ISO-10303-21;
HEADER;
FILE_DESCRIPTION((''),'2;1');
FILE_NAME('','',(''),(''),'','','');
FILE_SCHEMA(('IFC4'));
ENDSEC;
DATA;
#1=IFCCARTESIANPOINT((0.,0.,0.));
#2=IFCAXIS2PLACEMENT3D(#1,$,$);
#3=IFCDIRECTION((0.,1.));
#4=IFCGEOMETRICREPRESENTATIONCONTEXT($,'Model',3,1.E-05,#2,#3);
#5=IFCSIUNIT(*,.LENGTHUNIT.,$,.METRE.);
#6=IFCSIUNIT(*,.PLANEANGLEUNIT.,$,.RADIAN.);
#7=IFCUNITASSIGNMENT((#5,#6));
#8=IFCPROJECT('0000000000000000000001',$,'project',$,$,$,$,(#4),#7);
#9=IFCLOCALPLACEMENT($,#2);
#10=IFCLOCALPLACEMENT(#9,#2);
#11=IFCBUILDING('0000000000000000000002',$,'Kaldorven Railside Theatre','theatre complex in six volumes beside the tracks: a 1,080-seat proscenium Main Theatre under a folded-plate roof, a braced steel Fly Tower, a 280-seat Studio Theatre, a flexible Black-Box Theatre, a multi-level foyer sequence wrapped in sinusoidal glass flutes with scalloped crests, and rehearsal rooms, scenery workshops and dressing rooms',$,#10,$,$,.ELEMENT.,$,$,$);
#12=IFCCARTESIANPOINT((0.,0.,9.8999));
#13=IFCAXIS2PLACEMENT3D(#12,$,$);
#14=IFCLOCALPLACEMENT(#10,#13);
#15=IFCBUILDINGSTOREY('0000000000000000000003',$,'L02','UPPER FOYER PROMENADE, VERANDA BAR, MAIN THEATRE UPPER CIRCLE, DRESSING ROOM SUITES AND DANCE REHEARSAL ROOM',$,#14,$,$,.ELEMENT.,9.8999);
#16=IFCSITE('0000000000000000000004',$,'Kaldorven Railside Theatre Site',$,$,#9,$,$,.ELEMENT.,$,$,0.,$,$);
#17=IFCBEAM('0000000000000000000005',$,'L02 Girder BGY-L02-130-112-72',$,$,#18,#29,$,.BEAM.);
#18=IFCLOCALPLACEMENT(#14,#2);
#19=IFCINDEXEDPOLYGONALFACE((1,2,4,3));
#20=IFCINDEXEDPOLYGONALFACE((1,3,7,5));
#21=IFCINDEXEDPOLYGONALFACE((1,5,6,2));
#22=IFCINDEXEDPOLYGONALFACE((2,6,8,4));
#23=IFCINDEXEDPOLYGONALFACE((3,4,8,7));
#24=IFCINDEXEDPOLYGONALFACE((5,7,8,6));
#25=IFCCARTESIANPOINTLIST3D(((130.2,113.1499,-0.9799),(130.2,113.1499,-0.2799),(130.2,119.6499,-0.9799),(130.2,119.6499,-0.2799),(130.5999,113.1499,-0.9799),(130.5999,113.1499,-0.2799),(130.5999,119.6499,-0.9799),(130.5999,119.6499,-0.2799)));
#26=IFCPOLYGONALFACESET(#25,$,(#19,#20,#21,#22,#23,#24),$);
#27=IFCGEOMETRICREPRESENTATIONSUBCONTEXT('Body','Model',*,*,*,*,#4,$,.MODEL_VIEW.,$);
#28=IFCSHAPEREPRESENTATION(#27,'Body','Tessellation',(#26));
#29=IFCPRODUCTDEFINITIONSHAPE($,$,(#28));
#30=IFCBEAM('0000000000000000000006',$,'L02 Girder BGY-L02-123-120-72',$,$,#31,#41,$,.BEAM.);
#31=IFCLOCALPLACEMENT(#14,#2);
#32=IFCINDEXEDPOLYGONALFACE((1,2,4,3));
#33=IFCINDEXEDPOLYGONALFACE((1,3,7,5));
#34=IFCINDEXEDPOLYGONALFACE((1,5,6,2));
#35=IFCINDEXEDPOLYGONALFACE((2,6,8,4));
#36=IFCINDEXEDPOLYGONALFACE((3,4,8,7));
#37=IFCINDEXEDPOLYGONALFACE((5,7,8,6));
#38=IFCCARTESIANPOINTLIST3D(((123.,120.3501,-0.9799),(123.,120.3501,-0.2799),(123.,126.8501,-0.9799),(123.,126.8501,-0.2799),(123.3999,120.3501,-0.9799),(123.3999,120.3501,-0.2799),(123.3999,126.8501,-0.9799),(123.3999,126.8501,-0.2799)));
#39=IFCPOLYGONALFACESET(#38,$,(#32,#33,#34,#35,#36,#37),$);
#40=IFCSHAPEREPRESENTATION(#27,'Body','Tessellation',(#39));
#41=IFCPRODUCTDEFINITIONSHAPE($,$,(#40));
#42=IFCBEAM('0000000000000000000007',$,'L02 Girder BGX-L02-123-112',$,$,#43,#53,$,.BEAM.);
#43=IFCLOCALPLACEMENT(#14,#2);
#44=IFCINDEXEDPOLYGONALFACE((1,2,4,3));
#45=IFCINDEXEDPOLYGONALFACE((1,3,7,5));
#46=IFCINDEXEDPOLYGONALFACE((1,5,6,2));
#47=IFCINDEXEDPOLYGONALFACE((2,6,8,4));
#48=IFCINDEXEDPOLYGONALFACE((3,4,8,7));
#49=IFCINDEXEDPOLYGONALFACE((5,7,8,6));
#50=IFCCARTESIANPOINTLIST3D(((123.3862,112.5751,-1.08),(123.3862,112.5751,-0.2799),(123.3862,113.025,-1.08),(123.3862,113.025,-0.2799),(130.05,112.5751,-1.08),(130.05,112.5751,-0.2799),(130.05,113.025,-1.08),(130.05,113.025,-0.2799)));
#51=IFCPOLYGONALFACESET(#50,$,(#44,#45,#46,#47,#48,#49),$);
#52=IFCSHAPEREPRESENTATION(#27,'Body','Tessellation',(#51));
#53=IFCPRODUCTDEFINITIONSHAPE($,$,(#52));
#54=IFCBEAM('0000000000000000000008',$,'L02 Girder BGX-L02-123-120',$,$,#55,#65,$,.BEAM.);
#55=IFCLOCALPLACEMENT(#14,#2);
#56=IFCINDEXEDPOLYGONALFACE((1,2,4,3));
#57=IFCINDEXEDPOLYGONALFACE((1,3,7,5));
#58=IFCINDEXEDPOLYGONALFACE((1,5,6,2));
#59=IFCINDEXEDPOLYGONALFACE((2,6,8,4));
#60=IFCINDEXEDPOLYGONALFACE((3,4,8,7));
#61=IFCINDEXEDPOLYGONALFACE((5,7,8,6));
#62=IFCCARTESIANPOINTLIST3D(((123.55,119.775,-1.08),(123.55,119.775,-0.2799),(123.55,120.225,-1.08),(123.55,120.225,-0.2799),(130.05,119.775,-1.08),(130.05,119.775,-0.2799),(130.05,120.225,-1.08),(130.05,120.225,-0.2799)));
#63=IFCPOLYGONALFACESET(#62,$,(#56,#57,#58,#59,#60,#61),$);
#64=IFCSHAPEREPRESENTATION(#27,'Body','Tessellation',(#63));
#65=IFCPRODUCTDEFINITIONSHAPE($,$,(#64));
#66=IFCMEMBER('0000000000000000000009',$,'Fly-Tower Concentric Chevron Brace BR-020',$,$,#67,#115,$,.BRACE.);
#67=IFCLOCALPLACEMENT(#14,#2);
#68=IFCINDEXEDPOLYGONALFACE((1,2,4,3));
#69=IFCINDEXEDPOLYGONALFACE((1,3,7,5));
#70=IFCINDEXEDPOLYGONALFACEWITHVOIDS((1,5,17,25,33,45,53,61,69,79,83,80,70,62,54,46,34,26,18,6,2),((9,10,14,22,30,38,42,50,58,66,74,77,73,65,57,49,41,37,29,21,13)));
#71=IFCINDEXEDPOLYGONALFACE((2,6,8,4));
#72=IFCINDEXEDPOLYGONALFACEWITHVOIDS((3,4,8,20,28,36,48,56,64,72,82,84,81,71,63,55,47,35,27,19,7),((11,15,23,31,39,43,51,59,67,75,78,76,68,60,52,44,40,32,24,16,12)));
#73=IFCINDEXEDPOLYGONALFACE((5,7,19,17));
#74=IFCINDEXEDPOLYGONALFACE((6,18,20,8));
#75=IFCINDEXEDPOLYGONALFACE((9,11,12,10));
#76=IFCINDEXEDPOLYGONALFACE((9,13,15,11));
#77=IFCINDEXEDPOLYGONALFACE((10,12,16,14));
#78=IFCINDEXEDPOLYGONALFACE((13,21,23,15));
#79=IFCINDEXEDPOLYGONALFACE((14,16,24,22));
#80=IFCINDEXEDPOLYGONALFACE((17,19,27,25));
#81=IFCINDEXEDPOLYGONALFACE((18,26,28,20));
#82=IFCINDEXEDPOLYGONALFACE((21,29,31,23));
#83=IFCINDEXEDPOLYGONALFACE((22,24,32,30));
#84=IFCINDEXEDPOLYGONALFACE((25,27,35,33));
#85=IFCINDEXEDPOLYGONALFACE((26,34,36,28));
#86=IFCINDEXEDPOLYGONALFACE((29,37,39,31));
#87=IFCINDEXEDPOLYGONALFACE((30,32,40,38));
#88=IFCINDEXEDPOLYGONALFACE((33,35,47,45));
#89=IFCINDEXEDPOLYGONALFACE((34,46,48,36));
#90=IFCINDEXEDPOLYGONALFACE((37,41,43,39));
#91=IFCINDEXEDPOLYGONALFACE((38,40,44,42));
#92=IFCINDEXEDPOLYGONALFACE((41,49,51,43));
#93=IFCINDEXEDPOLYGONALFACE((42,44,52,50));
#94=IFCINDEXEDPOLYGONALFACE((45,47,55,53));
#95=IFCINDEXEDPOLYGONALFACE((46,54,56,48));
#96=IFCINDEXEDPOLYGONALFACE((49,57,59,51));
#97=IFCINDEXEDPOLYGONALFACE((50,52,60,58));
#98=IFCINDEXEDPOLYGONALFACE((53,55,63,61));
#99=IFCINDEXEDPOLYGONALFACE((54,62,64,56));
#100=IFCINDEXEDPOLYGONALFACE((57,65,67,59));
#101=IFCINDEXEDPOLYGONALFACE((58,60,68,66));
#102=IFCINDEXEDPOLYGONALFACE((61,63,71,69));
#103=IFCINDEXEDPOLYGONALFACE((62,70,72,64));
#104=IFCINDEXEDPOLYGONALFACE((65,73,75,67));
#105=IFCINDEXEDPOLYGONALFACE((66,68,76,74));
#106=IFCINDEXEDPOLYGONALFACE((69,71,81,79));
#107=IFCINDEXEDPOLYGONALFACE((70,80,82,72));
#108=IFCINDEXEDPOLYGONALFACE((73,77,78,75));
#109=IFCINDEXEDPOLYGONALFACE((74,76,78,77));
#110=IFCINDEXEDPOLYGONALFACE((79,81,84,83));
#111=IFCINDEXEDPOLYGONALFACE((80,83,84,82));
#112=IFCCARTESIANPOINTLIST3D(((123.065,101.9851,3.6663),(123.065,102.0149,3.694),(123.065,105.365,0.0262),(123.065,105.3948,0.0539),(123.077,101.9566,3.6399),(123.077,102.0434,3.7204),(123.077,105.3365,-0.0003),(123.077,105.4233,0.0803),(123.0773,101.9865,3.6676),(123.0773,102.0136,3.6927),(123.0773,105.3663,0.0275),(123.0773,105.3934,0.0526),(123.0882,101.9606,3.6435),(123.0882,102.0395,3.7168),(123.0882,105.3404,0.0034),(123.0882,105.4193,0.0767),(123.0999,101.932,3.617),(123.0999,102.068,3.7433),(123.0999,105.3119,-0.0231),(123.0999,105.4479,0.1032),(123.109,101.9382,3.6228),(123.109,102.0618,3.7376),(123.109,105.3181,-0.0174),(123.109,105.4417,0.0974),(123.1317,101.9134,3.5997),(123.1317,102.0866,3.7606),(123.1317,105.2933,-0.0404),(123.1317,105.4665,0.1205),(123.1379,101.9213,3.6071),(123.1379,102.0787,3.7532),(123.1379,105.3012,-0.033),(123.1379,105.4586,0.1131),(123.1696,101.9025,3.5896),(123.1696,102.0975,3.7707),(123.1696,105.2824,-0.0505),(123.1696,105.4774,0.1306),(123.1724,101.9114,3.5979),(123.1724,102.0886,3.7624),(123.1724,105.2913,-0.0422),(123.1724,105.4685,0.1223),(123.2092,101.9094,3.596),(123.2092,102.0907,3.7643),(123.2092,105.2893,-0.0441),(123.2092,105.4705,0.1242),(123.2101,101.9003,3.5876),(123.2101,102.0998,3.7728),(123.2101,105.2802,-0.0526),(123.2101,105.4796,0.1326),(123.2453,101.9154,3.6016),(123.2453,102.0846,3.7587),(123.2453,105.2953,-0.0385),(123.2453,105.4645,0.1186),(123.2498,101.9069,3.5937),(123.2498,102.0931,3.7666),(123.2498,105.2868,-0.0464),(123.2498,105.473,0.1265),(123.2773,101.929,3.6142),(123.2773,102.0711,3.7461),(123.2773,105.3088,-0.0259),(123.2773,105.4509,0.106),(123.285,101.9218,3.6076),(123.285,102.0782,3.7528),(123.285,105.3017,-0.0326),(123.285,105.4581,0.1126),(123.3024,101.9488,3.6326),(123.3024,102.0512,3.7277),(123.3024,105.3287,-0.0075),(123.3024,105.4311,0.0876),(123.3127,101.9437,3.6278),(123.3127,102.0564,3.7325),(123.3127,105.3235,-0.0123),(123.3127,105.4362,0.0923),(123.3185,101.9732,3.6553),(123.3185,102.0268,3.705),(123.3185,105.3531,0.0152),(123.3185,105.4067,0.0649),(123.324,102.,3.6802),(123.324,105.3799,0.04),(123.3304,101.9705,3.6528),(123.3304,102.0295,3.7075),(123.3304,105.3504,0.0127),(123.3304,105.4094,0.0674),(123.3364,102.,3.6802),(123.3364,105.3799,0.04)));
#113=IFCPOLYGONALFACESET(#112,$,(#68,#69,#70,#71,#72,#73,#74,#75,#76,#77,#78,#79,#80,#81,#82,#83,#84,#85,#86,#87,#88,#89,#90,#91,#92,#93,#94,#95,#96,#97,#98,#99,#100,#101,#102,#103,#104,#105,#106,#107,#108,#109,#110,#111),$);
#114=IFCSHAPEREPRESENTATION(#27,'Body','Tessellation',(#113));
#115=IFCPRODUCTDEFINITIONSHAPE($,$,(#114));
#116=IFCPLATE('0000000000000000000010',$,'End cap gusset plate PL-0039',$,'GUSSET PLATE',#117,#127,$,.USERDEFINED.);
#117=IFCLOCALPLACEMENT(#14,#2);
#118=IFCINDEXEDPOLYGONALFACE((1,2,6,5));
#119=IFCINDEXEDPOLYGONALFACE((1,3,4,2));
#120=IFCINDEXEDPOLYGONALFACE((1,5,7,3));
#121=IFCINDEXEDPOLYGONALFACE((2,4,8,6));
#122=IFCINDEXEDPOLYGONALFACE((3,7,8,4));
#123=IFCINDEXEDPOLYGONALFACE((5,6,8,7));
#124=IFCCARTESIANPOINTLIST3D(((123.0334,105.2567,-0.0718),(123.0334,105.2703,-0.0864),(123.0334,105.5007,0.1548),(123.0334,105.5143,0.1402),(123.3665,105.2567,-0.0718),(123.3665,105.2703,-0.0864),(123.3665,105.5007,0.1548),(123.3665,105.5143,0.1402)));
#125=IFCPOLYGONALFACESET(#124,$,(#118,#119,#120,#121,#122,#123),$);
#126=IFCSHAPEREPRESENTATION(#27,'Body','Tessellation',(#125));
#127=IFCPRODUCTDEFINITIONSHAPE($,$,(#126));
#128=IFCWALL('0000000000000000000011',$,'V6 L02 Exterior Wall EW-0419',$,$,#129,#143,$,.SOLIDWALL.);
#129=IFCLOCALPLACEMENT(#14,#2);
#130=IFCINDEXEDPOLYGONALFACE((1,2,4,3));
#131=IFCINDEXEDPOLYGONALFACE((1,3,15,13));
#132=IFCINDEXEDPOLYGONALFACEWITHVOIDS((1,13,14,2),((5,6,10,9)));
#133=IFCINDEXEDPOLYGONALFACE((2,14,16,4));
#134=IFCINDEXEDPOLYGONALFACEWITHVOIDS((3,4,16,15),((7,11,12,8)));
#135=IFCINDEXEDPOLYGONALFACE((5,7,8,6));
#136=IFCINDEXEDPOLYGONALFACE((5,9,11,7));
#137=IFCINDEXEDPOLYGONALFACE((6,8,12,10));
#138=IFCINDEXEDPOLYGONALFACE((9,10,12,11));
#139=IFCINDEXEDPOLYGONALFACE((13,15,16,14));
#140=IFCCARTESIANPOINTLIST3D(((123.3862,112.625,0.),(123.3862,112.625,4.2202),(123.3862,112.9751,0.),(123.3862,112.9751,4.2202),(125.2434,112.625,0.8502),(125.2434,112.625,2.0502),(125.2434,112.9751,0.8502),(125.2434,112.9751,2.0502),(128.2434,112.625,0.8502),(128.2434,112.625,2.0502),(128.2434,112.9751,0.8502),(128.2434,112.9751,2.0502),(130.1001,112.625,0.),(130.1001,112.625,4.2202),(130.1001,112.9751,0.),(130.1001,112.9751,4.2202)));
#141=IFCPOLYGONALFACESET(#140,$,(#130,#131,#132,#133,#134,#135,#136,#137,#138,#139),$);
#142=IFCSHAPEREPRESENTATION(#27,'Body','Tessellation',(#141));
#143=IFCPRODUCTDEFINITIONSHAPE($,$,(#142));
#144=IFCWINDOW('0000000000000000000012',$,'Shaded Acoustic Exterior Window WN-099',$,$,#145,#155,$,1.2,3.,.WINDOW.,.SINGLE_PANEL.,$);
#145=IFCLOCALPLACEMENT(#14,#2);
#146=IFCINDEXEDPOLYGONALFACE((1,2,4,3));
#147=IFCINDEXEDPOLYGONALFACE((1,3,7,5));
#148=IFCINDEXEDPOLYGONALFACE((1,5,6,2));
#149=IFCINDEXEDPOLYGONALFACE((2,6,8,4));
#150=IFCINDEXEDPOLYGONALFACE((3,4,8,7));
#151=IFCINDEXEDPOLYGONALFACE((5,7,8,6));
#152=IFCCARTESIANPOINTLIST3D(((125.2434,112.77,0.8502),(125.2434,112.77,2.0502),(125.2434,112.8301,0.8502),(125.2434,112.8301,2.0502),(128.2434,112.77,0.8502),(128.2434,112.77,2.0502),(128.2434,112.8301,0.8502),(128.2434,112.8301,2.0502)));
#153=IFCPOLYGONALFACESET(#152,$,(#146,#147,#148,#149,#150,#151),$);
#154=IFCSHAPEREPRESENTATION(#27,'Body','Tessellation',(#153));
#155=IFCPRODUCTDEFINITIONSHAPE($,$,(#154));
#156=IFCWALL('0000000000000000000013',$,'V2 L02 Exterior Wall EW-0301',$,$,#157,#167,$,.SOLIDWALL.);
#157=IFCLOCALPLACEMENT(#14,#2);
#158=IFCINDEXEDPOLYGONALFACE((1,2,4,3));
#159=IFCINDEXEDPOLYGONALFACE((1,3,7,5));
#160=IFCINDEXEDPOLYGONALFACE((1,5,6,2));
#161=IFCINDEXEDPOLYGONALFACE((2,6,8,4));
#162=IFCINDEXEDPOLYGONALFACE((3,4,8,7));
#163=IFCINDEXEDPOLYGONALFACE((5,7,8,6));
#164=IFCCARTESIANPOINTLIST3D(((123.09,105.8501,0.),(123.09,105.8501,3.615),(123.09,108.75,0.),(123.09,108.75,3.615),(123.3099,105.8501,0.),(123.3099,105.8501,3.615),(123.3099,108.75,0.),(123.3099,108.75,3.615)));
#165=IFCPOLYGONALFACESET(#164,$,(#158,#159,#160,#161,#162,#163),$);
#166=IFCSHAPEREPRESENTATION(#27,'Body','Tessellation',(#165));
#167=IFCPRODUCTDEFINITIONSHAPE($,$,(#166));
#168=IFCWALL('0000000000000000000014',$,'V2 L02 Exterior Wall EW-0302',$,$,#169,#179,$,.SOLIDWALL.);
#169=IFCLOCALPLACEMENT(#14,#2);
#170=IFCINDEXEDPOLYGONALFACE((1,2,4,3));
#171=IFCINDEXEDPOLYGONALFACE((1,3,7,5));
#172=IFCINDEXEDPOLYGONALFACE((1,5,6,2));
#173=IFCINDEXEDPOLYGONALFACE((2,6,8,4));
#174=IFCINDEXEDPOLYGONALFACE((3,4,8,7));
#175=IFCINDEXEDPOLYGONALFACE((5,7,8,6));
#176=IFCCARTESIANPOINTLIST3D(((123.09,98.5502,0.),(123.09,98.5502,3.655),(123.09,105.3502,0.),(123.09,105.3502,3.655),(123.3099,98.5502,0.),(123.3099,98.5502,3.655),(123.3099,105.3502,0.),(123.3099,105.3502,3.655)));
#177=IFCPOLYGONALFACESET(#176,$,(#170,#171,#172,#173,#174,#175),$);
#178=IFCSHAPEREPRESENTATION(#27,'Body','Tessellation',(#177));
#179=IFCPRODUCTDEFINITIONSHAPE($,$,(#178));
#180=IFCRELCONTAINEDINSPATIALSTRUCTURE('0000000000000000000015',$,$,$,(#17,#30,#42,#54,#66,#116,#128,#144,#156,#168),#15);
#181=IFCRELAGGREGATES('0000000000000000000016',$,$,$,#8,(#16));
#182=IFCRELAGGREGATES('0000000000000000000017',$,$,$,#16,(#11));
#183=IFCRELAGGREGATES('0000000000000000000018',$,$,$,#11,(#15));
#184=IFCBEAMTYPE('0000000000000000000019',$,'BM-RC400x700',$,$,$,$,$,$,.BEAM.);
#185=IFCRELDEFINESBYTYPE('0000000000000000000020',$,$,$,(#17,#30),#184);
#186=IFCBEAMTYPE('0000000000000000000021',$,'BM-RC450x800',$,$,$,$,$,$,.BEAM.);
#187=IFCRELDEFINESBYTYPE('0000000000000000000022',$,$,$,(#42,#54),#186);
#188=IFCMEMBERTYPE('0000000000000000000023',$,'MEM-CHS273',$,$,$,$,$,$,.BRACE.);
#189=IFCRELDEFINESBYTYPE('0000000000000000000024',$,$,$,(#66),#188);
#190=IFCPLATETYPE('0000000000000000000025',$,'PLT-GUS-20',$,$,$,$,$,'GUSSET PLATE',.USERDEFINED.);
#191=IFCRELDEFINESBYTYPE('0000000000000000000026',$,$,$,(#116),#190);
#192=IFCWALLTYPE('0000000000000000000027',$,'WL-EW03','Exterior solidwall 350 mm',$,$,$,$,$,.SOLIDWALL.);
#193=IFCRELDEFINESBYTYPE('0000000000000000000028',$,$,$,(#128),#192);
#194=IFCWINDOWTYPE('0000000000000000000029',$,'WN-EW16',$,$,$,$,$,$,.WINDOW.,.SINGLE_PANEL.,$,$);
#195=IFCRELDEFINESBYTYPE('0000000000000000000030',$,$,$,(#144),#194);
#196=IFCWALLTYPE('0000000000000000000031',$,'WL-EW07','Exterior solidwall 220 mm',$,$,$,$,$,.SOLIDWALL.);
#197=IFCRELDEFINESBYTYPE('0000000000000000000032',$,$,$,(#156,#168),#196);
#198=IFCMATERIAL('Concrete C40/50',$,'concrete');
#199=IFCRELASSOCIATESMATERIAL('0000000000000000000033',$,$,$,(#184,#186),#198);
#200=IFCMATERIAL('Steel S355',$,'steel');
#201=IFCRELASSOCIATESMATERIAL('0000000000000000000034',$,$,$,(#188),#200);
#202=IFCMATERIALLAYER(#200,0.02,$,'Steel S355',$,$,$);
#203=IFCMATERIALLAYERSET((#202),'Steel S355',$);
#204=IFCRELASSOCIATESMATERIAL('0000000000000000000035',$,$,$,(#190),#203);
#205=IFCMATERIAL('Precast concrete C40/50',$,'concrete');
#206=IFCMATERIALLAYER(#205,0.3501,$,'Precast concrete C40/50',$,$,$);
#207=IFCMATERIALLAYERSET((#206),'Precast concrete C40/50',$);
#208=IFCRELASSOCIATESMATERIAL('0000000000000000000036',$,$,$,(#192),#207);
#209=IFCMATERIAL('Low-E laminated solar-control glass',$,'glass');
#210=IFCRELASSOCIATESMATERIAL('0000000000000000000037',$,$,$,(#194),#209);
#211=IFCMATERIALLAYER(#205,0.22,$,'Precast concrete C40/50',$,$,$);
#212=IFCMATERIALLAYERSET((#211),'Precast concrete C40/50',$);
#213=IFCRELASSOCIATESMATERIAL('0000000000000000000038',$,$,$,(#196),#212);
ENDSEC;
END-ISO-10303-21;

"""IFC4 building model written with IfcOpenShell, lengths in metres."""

from ifc_helpers import new_model, si_unit, direction, frame, frame_2d, origin, origin_2d, place, context, subcontext, project, spatial, rectangle, hollow_circle, extrude, material, layer, layer_set, material_profile, profile_set, type_object, element, fill, save


model = new_model("IFC4")

# Units and contexts
model_context = context("Model", 3, precision=1e-05, world=origin(), true_north=direction((0.0, 1.0)))
body_context = subcontext(model_context, "Body", "Model", "MODEL_VIEW")
ifc_project = project(units=[si_unit("LENGTHUNIT", "METRE"), si_unit("PLANEANGLEUNIT", "RADIAN")], contexts=[model_context])

# Site, building, storey
site_placement = place(None, origin())
site = spatial("IfcSite", under=ifc_project, at=site_placement, Name="Kaldorven Railside Theatre Site", CompositionType="ELEMENT", RefElevation=0.0)
building_placement = place(site_placement, origin())
building = spatial("IfcBuilding", under=site, at=building_placement, Name="Kaldorven Railside Theatre", Description="theatre complex in six volumes beside the tracks: a 1,080-seat proscenium Main Theatre under a folded-plate roof, a braced steel Fly Tower, a 280-seat Studio Theatre, a flexible Black-Box Theatre, a multi-level foyer sequence wrapped in sinusoidal glass flutes with scalloped crests, and rehearsal rooms, scenery workshops and dressing rooms", CompositionType="ELEMENT")
storey_placement = place(building_placement, frame((0.0, 0.0, 9.8999)))
storey = spatial("IfcBuildingStorey", under=building, at=storey_placement, Name="L02", Description="UPPER FOYER PROMENADE, VERANDA BAR, MAIN THEATRE UPPER CIRCLE, DRESSING ROOM SUITES AND DANCE REHEARSAL ROOM", CompositionType="ELEMENT", Elevation=9.8999)

# Shared definitions
ifc_material_1 = material(Name="Steel S355", Category="steel")
ifc_material_2 = material(Name="Concrete C40/50", Category="concrete")

# Beams
ifc_material_profile_1 = material_profile(ifc_material_2, rectangle(XDim=0.3999, YDim=0.7, at=origin_2d()), Name="RC 400x700")
ifc_profile_set_1 = profile_set([ifc_material_profile_1], Name="Concrete C40/50")
beam_type_1 = type_object("IfcBeamType", Name="BM-RC400x700", PredefinedType="BEAM", material=ifc_profile_set_1)
for number, where, z_axis, x_axis, name in (
    (1, (130.3999, 113.1499, -0.6299), (0.0, 1.0, 0.0), (-1.0, 0.0, 0.0), "L02 Girder BGY-L02-130-112-72"),
    (2, (123.2, 120.3501, -0.6299), (0.0, 1.0, 0.0), (-1.0, 0.0, 0.0), "L02 Girder BGY-L02-123-120-72"),
):
    element("IfcBeam", number, at=place(storey_placement, frame(where, z_axis=z_axis, x_axis=x_axis)), inside=storey, type_object=beam_type_1, Name=name, PredefinedType="BEAM", context=body_context, shape_type="SweptSolid", body=[
        extrude(rectangle(XDim=0.3999, YDim=0.7, at=origin_2d()), origin(), (0.0, 0.0, 1.0), 6.5),
    ])
ifc_material_profile_2 = material_profile(ifc_material_2, rectangle(XDim=0.45, YDim=0.8, at=origin_2d()), Name="RC 450x800")
ifc_profile_set_2 = profile_set([ifc_material_profile_2], Name="Concrete C40/50")
beam_type_2 = type_object("IfcBeamType", Name="BM-RC450x800", PredefinedType="BEAM", material=ifc_profile_set_2)
beam_1_placement = place(storey_placement, frame((123.3862, 112.8, -0.6799), z_axis=(1.0, 0.0, 0.0), x_axis=(0.0, 1.0, 0.0)))
element("IfcBeam", 3, at=beam_1_placement, inside=storey, type_object=beam_type_2, Name="L02 Girder BGX-L02-123-112", PredefinedType="BEAM", context=body_context, shape_type="SweptSolid", body=[
    extrude(rectangle(XDim=0.45, YDim=0.8, at=origin_2d()), origin(), (0.0, 0.0, 1.0), 6.6638),
])
beam_2_placement = place(storey_placement, frame((123.55, 120.0, -0.6799), z_axis=(1.0, 0.0, 0.0), x_axis=(0.0, 1.0, 0.0)))
element("IfcBeam", 4, at=beam_2_placement, inside=storey, type_object=beam_type_2, Name="L02 Girder BGX-L02-123-120", PredefinedType="BEAM", context=body_context, shape_type="SweptSolid", body=[
    extrude(rectangle(XDim=0.45, YDim=0.8, at=origin_2d()), origin(), (0.0, 0.0, 1.0), 6.5),
])

# Member
ifc_material_profile_3 = material_profile(ifc_material_1, hollow_circle(Radius=0.1365, WallThickness=0.0125, at=origin_2d()), Name="CHS 273x12.5")
ifc_profile_set_3 = profile_set([ifc_material_profile_3], Name="Steel S355")
member_type = type_object("IfcMemberType", Name="MEM-CHS273", PredefinedType="BRACE", material=ifc_profile_set_3)
member_placement = place(storey_placement, frame((123.2, 105.3799, 0.04), z_axis=(0.0, -0.680425, 0.732818), x_axis=(1.0, 0.0, 0.0)))
element("IfcMember", 5, at=member_placement, inside=storey, type_object=member_type, Name="Fly-Tower Concentric Chevron Brace BR-020", PredefinedType="BRACE", context=body_context, shape_type="SweptSolid", body=[
    extrude(hollow_circle(Radius=0.1365, WallThickness=0.0125, at=origin_2d()), origin(), (0.0, 0.0, 1.0), 4.9673),
])

# Plate
ifc_layer_1 = layer(ifc_material_1, 0.02, Name="Steel S355")
ifc_layer_set_1 = layer_set([ifc_layer_1], Name="Steel S355")
plate_type = type_object("IfcPlateType", Name="PLT-GUS-20", ElementType="GUSSET PLATE", PredefinedType="USERDEFINED", material=ifc_layer_set_1)
plate_placement = place(storey_placement, frame((123.2, 105.3923, 0.0269), z_axis=(0.0, -0.680465, 0.73278), x_axis=(1.0, 0.0, 0.0)))
element("IfcPlate", 6, at=plate_placement, inside=storey, type_object=plate_type, Name="End cap gusset plate PL-0039", ObjectType="GUSSET PLATE", PredefinedType="USERDEFINED", context=body_context, shape_type="SweptSolid", body=[
    extrude(rectangle(XDim=0.333, YDim=0.333, at=origin_2d()), origin(), (0.0, 0.0, 1.0), 0.02),
])

# Wall, opening, window
ifc_material_3 = material(Name="Precast concrete C40/50", Category="concrete")
ifc_layer_2 = layer(ifc_material_3, 0.3501, Name="Precast concrete C40/50")
ifc_layer_set_2 = layer_set([ifc_layer_2], Name="Precast concrete C40/50")
wall_type_1 = type_object("IfcWallType", Name="WL-EW03", Description="Exterior solidwall 350 mm", PredefinedType="SOLIDWALL", material=ifc_layer_set_2)
wall_1_placement = place(storey_placement, frame((130.1001, 112.8, 0.0), z_axis=(0.0, 0.0, 1.0), x_axis=(-1.0, 0.0, 0.0)))
wall_1 = element("IfcWall", 7, at=wall_1_placement, inside=storey, type_object=wall_type_1, Name="V6 L02 Exterior Wall EW-0419", PredefinedType="SOLIDWALL", context=body_context, shape_type="SweptSolid", body=[
    extrude(rectangle(XDim=6.7139, YDim=0.3501, at=frame_2d((3.3569, 0.0))), origin(), (0.0, 0.0, 1.0), 4.2202),
])
opening_1_placement = place(wall_1_placement, frame((1.8567, 0.0, 0.8501)))
opening_1 = element("IfcOpeningElement", 8, at=opening_1_placement, cuts=wall_1, PredefinedType="OPENING", context=body_context, shape_type="SweptSolid", body=[
    extrude(rectangle(XDim=3.0, YDim=1.2, at=frame_2d((1.5, 0.6001))), frame((0.0, 0.1851, 0.0), z_axis=(0.0, -1.0, 0.0), x_axis=(1.0, 0.0, 0.0)), (0.0, 0.0, 1.0), 0.3701),
])
ifc_material_4 = material(Name="Low-E laminated solar-control glass", Category="glass")
window_type = type_object("IfcWindowType", Name="WN-EW16", PartitioningType="SINGLE_PANEL", PredefinedType="WINDOW", material=ifc_material_4)
window_placement = place(opening_1_placement, origin())
window = element("IfcWindow", 9, at=window_placement, inside=storey, type_object=window_type, Name="Shaded Acoustic Exterior Window WN-099", OverallHeight=1.2, OverallWidth=3.0, PartitioningType="SINGLE_PANEL", PredefinedType="WINDOW", context=body_context, shape_type="SweptSolid", body=[
    extrude(rectangle(XDim=3.0, YDim=1.2, at=frame_2d((1.5, 0.6001))), frame((0.0, 0.03, 0.0), z_axis=(0.0, -1.0, 0.0), x_axis=(1.0, 0.0, 0.0)), (0.0, 0.0, 1.0), 0.0601),
])
fill(opening_1, window)

# Walls
ifc_layer_3 = layer(ifc_material_3, 0.22, Name="Precast concrete C40/50")
ifc_layer_set_3 = layer_set([ifc_layer_3], Name="Precast concrete C40/50")
wall_type_2 = type_object("IfcWallType", Name="WL-EW07", Description="Exterior solidwall 220 mm", PredefinedType="SOLIDWALL", material=ifc_layer_set_3)
wall_2_placement = place(storey_placement, frame((123.2, 108.75, 0.0), z_axis=(0.0, 0.0, 1.0), x_axis=(0.0, -1.0, 0.0)))
element("IfcWall", 10, at=wall_2_placement, inside=storey, type_object=wall_type_2, Name="V2 L02 Exterior Wall EW-0301", PredefinedType="SOLIDWALL", context=body_context, shape_type="SweptSolid", body=[
    extrude(rectangle(XDim=2.8999, YDim=0.22, at=frame_2d((1.45, 0.0))), origin(), (0.0, 0.0, 1.0), 3.615),
])
wall_3_placement = place(storey_placement, frame((123.2, 105.3501, 0.0), z_axis=(0.0, 0.0, 1.0), x_axis=(0.0, -1.0, 0.0)))
element("IfcWall", 11, at=wall_3_placement, inside=storey, type_object=wall_type_2, Name="V2 L02 Exterior Wall EW-0302", PredefinedType="SOLIDWALL", context=body_context, shape_type="SweptSolid", body=[
    extrude(rectangle(XDim=6.8, YDim=0.22, at=frame_2d((3.3999, 0.0))), origin(), (0.0, 0.0, 1.0), 3.655),
])

save(model, "model.ifc")
